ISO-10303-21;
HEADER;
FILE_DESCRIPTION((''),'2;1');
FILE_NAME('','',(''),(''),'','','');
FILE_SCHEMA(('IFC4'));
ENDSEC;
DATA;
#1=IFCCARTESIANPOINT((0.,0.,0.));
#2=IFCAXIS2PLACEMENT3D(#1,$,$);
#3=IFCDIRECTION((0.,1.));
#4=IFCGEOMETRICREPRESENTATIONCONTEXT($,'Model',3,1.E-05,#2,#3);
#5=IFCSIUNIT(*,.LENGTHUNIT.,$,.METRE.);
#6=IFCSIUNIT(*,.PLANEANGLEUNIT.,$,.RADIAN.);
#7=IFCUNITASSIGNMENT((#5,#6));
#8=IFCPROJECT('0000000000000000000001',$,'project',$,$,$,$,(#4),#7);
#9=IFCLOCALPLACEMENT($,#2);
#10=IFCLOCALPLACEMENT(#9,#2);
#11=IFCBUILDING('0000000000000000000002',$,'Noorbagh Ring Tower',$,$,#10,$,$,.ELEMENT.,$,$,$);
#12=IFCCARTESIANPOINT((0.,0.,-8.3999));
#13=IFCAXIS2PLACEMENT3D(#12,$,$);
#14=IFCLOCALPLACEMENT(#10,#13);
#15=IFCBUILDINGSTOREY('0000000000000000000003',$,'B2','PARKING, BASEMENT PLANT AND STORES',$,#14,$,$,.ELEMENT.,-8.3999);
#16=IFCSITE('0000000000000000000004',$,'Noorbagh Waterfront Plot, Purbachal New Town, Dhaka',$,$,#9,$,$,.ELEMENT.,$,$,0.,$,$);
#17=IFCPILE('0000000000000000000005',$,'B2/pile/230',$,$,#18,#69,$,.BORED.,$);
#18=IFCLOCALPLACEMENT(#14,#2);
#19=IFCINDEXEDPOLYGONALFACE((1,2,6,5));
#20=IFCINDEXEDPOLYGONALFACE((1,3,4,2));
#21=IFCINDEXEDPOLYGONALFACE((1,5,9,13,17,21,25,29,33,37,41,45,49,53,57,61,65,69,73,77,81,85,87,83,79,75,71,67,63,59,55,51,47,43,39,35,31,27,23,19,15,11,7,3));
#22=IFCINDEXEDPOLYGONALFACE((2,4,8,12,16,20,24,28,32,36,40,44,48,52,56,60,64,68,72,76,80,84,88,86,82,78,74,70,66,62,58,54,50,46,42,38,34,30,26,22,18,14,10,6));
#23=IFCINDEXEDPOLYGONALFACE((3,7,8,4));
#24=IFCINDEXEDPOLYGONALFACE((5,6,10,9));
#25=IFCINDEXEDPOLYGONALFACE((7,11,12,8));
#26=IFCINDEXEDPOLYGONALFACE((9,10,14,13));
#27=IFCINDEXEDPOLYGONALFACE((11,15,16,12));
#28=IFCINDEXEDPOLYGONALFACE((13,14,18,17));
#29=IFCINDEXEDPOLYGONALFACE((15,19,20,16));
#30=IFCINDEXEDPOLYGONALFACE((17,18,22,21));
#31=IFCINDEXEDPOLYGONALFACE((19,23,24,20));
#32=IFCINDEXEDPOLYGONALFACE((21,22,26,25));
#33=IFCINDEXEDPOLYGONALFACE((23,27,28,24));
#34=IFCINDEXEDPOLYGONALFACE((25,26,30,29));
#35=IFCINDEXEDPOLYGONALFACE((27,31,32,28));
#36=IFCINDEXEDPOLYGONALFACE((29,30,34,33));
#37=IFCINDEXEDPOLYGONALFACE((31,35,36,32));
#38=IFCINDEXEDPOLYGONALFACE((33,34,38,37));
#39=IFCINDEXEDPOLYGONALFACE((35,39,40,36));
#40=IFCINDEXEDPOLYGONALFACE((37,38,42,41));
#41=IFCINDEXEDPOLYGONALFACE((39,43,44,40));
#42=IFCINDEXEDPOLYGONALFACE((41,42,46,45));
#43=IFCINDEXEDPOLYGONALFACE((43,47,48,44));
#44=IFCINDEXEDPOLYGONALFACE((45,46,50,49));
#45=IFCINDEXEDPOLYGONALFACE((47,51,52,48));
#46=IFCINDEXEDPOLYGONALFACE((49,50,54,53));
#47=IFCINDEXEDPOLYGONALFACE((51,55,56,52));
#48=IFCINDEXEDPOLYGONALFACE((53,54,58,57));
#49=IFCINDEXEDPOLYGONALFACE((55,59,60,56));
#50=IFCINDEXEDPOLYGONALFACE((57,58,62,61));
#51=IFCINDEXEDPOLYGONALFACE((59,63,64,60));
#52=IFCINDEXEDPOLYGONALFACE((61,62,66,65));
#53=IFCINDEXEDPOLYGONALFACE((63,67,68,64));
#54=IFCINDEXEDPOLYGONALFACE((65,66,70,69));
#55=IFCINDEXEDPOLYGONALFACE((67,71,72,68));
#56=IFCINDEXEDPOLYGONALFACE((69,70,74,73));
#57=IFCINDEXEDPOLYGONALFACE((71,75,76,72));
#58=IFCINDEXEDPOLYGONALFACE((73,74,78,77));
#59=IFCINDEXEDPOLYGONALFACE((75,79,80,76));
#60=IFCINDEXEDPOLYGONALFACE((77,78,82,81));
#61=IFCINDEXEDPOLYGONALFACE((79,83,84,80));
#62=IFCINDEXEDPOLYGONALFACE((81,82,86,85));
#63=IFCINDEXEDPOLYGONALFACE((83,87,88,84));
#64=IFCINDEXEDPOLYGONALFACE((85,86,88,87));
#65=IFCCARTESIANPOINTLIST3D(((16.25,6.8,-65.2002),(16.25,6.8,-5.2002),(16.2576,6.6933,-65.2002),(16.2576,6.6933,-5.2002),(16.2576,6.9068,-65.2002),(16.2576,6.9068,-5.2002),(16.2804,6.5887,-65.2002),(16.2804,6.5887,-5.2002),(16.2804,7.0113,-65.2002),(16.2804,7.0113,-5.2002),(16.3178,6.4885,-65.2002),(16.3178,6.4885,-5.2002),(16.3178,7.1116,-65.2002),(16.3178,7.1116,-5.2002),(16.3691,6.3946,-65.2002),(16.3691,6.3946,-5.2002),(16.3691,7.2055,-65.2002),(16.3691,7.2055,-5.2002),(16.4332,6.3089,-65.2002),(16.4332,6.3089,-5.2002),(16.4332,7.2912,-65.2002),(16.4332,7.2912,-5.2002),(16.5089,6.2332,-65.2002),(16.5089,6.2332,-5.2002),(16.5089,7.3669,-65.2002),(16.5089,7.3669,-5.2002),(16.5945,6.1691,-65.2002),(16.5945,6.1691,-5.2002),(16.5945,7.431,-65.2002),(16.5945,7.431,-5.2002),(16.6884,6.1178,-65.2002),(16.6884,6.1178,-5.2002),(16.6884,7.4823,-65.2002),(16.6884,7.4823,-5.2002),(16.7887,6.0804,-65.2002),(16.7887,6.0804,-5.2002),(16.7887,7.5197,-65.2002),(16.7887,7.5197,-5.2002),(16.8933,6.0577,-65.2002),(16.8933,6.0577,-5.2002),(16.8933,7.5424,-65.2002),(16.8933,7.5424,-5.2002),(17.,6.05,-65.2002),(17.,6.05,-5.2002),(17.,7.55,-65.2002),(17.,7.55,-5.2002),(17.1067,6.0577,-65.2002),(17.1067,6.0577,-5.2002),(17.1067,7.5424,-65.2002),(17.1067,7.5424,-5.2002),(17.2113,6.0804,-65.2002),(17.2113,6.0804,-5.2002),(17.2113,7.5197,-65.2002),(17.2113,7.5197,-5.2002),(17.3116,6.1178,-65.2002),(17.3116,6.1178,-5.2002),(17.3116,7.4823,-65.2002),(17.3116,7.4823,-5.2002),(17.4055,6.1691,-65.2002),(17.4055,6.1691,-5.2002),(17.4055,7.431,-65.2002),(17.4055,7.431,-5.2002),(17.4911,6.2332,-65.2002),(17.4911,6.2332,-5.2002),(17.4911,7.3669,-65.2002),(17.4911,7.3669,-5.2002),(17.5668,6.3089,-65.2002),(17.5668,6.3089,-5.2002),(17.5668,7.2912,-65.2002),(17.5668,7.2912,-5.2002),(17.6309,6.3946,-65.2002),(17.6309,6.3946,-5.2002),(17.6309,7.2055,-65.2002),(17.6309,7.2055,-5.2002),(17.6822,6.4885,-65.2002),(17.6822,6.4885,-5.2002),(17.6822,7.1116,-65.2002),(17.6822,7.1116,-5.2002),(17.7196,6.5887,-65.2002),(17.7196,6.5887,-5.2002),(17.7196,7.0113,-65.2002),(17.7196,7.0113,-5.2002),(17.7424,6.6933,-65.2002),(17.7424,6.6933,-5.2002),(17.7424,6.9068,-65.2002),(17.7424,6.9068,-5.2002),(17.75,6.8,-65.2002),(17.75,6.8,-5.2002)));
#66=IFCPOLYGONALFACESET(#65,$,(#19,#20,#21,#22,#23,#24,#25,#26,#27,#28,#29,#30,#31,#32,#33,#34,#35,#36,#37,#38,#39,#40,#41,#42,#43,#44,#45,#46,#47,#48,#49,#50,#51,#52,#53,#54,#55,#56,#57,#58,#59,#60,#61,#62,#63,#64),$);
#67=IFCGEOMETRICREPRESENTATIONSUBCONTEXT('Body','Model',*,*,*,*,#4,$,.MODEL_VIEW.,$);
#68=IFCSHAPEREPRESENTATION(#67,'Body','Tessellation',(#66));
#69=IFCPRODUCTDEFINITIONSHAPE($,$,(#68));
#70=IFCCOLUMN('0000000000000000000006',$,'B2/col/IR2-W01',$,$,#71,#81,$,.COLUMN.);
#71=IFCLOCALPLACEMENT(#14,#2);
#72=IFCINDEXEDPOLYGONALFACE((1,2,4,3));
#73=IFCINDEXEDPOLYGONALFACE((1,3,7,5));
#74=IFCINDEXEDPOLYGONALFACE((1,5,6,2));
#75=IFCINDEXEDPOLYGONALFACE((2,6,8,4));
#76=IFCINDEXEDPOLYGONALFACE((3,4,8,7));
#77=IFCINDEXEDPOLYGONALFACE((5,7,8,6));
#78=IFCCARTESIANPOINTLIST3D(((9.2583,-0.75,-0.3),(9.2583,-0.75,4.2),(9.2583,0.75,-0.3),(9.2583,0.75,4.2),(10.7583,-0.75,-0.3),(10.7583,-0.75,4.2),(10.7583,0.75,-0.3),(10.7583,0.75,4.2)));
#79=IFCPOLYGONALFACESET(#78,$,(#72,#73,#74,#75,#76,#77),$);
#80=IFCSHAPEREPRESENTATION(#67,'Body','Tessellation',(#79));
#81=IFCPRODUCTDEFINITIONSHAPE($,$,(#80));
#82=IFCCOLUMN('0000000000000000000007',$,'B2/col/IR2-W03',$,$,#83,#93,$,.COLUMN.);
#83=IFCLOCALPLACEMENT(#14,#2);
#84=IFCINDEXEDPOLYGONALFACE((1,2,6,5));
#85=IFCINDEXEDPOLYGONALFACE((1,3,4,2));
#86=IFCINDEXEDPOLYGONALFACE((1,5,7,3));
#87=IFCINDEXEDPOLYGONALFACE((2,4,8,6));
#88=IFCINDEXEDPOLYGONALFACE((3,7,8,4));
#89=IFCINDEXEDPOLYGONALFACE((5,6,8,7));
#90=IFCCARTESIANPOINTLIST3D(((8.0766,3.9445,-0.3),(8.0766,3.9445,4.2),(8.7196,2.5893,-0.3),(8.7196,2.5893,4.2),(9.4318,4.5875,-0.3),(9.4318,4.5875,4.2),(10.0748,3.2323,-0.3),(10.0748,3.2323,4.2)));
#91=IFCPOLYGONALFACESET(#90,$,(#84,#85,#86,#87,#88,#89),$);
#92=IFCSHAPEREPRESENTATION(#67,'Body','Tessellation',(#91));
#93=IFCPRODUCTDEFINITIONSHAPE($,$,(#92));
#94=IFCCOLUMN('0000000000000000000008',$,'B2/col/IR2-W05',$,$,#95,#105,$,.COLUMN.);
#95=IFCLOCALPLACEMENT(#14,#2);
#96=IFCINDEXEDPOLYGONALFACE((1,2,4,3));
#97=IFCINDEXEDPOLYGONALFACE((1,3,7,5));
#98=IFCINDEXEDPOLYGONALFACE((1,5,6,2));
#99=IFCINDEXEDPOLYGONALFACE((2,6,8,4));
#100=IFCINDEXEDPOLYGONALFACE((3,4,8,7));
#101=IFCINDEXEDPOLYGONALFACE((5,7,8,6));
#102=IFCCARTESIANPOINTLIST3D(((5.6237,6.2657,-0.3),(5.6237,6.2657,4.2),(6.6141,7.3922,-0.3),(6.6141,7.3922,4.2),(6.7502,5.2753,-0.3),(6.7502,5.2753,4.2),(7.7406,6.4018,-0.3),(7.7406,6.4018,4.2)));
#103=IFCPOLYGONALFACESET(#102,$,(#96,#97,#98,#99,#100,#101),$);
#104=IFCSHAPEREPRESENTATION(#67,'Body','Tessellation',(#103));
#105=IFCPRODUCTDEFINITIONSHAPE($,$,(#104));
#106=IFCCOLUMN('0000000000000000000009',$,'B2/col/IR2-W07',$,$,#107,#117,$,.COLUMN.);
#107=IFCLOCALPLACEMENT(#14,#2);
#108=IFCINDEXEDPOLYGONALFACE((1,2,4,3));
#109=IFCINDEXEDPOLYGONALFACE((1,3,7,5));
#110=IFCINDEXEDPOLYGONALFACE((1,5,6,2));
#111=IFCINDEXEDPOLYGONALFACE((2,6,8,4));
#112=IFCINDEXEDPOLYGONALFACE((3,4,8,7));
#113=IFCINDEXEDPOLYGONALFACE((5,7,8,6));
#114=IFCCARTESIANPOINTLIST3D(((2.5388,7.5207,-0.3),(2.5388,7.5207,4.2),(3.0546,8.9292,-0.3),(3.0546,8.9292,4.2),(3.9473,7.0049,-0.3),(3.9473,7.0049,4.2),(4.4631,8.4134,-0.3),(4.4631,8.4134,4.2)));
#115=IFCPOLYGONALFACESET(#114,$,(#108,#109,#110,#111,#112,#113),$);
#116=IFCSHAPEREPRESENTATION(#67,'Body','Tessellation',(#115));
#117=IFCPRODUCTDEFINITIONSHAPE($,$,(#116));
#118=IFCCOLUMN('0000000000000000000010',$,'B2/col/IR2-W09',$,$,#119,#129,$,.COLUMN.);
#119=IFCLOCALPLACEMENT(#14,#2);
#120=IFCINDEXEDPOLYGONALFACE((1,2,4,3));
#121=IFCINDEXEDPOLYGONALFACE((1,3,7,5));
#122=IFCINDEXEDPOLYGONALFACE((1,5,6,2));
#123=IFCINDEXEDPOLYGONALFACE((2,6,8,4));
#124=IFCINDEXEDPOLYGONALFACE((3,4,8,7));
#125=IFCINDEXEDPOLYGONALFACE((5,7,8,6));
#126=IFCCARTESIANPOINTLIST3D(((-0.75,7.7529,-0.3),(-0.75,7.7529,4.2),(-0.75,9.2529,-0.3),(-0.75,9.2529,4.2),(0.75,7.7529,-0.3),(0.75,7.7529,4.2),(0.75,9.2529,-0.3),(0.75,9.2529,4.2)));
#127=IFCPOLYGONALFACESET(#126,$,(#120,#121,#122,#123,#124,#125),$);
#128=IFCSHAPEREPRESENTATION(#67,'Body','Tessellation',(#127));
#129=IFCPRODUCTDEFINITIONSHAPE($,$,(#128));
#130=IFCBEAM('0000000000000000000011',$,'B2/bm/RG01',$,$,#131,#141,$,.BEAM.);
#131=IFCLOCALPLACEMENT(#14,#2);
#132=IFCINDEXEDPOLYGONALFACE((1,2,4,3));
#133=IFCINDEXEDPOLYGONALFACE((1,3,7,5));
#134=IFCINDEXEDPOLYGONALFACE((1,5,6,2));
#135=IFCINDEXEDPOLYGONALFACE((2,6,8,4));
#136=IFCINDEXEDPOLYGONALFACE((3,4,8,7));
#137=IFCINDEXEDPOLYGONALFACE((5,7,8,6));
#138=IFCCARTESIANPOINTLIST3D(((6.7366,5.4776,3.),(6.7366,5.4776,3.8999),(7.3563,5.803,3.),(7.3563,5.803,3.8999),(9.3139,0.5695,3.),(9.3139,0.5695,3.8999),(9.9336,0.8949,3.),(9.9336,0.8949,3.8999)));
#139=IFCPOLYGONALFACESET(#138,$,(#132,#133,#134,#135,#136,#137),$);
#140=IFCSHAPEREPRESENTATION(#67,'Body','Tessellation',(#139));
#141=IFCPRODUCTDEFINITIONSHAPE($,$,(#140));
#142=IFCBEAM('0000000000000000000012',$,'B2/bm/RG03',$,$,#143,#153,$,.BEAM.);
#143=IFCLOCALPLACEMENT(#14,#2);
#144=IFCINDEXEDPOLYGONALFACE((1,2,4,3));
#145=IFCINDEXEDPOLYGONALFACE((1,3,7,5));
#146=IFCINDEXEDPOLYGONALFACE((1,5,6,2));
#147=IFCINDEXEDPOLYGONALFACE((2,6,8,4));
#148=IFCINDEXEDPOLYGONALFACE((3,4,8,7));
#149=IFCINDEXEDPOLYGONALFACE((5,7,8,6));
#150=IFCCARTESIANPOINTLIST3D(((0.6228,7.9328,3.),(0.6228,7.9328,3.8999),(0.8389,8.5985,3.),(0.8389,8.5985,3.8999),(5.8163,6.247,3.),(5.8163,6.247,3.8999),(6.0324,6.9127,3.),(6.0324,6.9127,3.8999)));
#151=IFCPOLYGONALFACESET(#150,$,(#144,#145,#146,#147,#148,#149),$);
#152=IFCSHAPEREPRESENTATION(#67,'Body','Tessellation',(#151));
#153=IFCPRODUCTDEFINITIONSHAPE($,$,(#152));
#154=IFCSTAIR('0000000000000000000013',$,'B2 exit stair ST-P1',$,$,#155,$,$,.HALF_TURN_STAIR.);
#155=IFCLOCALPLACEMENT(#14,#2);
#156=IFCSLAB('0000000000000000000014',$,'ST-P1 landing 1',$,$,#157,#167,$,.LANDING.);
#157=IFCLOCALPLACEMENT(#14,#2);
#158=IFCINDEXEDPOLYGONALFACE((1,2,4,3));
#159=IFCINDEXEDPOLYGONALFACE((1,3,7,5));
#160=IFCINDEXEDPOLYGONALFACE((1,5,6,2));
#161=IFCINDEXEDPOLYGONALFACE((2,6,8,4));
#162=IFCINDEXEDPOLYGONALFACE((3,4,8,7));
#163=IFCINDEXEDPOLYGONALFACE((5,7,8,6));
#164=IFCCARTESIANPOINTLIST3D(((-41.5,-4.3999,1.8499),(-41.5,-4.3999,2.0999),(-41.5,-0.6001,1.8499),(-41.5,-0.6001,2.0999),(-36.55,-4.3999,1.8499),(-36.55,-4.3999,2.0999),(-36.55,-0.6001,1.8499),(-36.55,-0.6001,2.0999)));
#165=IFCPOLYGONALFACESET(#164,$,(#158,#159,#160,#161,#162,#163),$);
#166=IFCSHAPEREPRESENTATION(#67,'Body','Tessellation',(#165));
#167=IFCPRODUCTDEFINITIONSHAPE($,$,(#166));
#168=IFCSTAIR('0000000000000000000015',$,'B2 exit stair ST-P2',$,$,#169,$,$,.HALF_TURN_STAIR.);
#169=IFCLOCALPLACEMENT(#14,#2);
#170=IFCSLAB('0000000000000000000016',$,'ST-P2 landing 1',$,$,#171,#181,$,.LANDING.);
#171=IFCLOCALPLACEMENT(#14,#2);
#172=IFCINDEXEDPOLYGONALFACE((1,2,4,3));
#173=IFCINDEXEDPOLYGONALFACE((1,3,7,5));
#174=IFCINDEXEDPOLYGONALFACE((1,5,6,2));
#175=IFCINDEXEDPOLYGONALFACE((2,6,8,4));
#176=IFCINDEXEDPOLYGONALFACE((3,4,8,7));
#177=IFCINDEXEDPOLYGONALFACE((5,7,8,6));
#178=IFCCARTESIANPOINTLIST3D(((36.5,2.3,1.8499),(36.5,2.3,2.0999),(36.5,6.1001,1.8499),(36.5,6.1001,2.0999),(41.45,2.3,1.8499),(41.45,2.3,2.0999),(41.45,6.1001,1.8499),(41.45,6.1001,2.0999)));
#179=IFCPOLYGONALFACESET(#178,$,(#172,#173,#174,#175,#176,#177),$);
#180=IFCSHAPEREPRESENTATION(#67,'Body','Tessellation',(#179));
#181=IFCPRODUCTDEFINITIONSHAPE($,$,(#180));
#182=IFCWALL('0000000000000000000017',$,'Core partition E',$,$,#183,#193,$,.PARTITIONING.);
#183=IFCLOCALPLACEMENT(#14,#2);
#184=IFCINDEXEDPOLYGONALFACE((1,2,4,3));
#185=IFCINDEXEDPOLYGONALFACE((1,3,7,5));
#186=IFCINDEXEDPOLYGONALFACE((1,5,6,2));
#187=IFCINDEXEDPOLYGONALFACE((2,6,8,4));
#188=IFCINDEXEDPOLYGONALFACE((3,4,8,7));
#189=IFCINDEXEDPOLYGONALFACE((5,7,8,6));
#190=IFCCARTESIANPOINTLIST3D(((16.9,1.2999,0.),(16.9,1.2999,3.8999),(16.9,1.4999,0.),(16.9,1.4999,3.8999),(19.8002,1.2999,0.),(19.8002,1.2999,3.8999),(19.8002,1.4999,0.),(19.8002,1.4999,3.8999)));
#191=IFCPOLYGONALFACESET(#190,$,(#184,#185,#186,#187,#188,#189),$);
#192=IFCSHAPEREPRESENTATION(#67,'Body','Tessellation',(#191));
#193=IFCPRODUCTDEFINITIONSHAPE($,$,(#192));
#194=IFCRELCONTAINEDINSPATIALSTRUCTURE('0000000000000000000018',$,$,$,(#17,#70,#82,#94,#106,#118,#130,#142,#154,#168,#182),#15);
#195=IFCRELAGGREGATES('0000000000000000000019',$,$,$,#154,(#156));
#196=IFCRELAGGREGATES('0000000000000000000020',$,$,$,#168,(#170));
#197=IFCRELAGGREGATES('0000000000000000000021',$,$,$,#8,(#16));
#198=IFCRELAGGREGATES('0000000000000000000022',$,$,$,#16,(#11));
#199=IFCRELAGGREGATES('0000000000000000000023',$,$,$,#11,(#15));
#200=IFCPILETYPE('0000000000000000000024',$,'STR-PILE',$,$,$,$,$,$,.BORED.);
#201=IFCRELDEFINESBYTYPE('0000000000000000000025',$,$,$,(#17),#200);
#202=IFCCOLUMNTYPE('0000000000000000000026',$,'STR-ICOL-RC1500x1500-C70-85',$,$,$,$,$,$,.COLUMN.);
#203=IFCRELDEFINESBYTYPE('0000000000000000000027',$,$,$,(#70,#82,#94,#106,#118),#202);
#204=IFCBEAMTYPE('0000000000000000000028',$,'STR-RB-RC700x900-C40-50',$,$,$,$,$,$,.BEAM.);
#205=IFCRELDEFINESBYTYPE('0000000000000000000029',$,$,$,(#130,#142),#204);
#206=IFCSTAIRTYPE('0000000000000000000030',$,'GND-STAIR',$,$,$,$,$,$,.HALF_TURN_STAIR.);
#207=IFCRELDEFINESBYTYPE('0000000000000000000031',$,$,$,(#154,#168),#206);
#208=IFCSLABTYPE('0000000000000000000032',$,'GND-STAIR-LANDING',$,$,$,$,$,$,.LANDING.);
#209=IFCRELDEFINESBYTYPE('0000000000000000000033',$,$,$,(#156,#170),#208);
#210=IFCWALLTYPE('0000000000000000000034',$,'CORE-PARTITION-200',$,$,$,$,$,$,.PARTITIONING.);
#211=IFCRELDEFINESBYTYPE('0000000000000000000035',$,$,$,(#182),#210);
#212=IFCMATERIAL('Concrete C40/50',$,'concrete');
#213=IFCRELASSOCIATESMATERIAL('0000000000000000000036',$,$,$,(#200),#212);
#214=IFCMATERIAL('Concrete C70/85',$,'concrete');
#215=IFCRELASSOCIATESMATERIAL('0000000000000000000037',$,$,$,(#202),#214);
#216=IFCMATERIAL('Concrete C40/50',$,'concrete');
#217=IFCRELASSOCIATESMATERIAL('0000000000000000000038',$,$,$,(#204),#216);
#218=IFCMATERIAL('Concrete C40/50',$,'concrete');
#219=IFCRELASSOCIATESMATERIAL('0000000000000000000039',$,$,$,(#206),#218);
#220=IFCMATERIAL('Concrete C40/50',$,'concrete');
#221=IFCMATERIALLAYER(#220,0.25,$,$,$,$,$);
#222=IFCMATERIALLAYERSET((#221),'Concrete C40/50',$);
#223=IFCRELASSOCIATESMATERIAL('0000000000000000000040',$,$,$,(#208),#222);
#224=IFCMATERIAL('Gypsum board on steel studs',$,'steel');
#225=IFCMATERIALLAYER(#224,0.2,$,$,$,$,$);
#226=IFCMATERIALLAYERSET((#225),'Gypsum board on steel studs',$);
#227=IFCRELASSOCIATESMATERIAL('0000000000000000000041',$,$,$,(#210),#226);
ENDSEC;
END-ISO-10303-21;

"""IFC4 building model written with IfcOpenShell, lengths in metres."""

from ifc_helpers import new_model, si_unit, direction, frame, frame_2d, origin, origin_2d, place, context, subcontext, project, spatial, polyline, rectangle, circle, outline, extrude, material, layer, layer_set, material_profile, profile_set, type_object, element, aggregate, save


model = new_model("IFC4")

# Units and contexts
model_context = context("Model", 3, precision=1e-05, world=origin(), true_north=direction((0.0, 1.0)))
body_context = subcontext(model_context, "Body", "Model", "MODEL_VIEW")
ifc_project = project(units=[si_unit("LENGTHUNIT", "METRE"), si_unit("PLANEANGLEUNIT", "RADIAN")], contexts=[model_context])

# Site, building, storey
site_placement = place(None, origin())
site = spatial("IfcSite", under=ifc_project, at=site_placement, Name="Noorbagh Waterfront Plot, Purbachal New Town, Dhaka", CompositionType="ELEMENT", RefElevation=0.0)
building_placement = place(site_placement, origin())
building = spatial("IfcBuilding", under=site, at=building_placement, Name="Noorbagh Ring Tower", CompositionType="ELEMENT")
storey_placement = place(building_placement, frame((0.0, 0.0, -8.3999)))
storey = spatial("IfcBuildingStorey", under=building, at=storey_placement, Name="B2", Description="PARKING, BASEMENT PLANT AND STORES", CompositionType="ELEMENT", Elevation=-8.3999)

# Pile
ifc_material_1 = material(Name="Concrete C40/50", Category="concrete")
ifc_material_profile_1 = material_profile(ifc_material_1, circle(Radius=0.75, at=origin_2d()), Name="PILE1500")
ifc_profile_set_1 = profile_set([ifc_material_profile_1], Name="Concrete C40/50")
pile_type = type_object("IfcPileType", Name="STR-PILE", PredefinedType="BORED", material=ifc_profile_set_1)
for number, where, z_axis, x_axis, name in (
    (1, (17.0, 6.8, -5.2002), (0.0, 0.0, -1.0), (1.0, 0.0, 0.0), "B2/pile/230"),
):
    element("IfcPile", number, at=place(storey_placement, frame(where, z_axis=z_axis, x_axis=x_axis)), inside=storey, type_object=pile_type, Name=name, PredefinedType="BORED", context=body_context, shape_type="SweptSolid", body=[
        extrude(circle(Radius=0.75, at=origin_2d()), origin(), (0.0, 0.0, 1.0), 60.0),
    ])

# Columns
ifc_material_2 = material(Name="Concrete C70/85", Category="concrete")
ifc_material_profile_2 = material_profile(ifc_material_2, rectangle(XDim=1.5, YDim=1.5, at=origin_2d()), Name="RC1500x1500")
ifc_profile_set_2 = profile_set([ifc_material_profile_2], Name="Concrete C70/85")
column_type = type_object("IfcColumnType", Name="STR-ICOL-RC1500x1500-C70-85", PredefinedType="COLUMN", material=ifc_profile_set_2)
for number, where, z_axis, x_axis, name in (
    (2, (10.0083, 0.0, -0.3), (0.0, 0.0, 1.0), (0.0, 1.0, 0.0), "B2/col/IR2-W01"),
    (3, (9.0757, 3.5884, -0.3), (0.0, 0.0, 1.0), (-0.428667, 0.903463, 0.0), "B2/col/IR2-W03"),
    (4, (6.6821, 6.3337, -0.3), (0.0, 0.0, 1.0), (-0.751022, 0.660277, 0.0), "B2/col/IR2-W05"),
    (5, (3.501, 7.967, -0.3), (0.0, 0.0, 1.0), (-0.93902, 0.343864, 0.0), "B2/col/IR2-W07"),
    (6, (0.0, 8.5029, -0.3), (0.0, 0.0, 1.0), (-1.0, 0.0, 0.0), "B2/col/IR2-W09"),
):
    element("IfcColumn", number, at=place(storey_placement, frame(where, z_axis=z_axis, x_axis=x_axis)), inside=storey, type_object=column_type, Name=name, PredefinedType="COLUMN", context=body_context, shape_type="SweptSolid", body=[
        extrude(rectangle(XDim=1.5, YDim=1.5, at=origin_2d()), origin(), (0.0, 0.0, 1.0), 4.5),
    ])

# Beams
ifc_material_3 = material(Name="Concrete C40/50", Category="concrete")
ifc_material_profile_3 = material_profile(ifc_material_3, rectangle(XDim=0.7, YDim=0.8999, at=origin_2d()), Name="RC700x900")
ifc_profile_set_3 = profile_set([ifc_material_profile_3], Name="Concrete C40/50")
beam_type = type_object("IfcBeamType", Name="STR-RB-RC700x900-C40-50", PredefinedType="BEAM", material=ifc_profile_set_3)
beam_1_placement = place(storey_placement, frame((9.6238, 0.7322, 3.45), z_axis=(-0.464917, 0.885354, 0.0), x_axis=(-0.885354, -0.464917, 0.0)))
element("IfcBeam", 7, at=beam_1_placement, inside=storey, type_object=beam_type, Name="B2/bm/RG01", PredefinedType="BEAM", context=body_context, shape_type="SweptSolid", body=[
    extrude(rectangle(XDim=0.7, YDim=0.8999, at=origin_2d()), origin(), (0.0, 0.0, 1.0), 5.5437),
])
beam_2_placement = place(storey_placement, frame((5.9243, 6.5798, 3.45), z_axis=(-0.951144, 0.308746, 0.0), x_axis=(-0.308746, -0.951144, 0.0)))
element("IfcBeam", 8, at=beam_2_placement, inside=storey, type_object=beam_type, Name="B2/bm/RG03", PredefinedType="BEAM", context=body_context, shape_type="SweptSolid", body=[
    extrude(rectangle(XDim=0.7, YDim=0.8999, at=origin_2d()), origin(), (0.0, 0.0, 1.0), 5.4602),
])

# Stairs, slabs
ifc_material_4 = material(Name="Concrete C40/50", Category="concrete")
stair_type_1 = type_object("IfcStairType", Name="GND-STAIR", PredefinedType="HALF_TURN_STAIR", material=ifc_material_4)
stair_1_placement = place(storey_placement, origin())
stair_1 = element("IfcStair", 9, at=stair_1_placement, inside=storey, type_object=stair_type_1, Name="B2 exit stair ST-P1", PredefinedType="HALF_TURN_STAIR")
ifc_material_5 = material(Name="Concrete C40/50", Category="concrete")
ifc_layer_1 = layer(ifc_material_5, 0.25)
ifc_layer_set_1 = layer_set([ifc_layer_1], Name="Concrete C40/50")
slab_type = type_object("IfcSlabType", Name="GND-STAIR-LANDING", PredefinedType="LANDING", material=ifc_layer_set_1)
slab_1_placement = place(storey_placement, frame((0.0, 0.0, 1.8499)))
slab_1 = element("IfcSlab", 10, at=slab_1_placement, type_object=slab_type, Name="ST-P1 landing 1", PredefinedType="LANDING", context=body_context, shape_type="SweptSolid", body=[
    extrude(outline(polyline([(-36.55, -4.3999), (-36.55, -0.6001), (-41.5, -0.6001), (-41.5, -4.3999), (-36.55, -4.3999)])), origin(), (0.0, 0.0, 1.0), 0.25),
])
aggregate(stair_1, [slab_1])
stair_2_placement = place(storey_placement, origin())
stair_2 = element("IfcStair", 11, at=stair_2_placement, inside=storey, type_object=stair_type_1, Name="B2 exit stair ST-P2", PredefinedType="HALF_TURN_STAIR")
slab_2_placement = place(storey_placement, frame((0.0, 0.0, 1.8499)))
slab_2 = element("IfcSlab", 12, at=slab_2_placement, type_object=slab_type, Name="ST-P2 landing 1", PredefinedType="LANDING", context=body_context, shape_type="SweptSolid", body=[
    extrude(outline(polyline([(41.45, 2.3), (41.45, 6.1001), (36.5, 6.1001), (36.5, 2.3), (41.45, 2.3)])), origin(), (0.0, 0.0, 1.0), 0.25),
])
aggregate(stair_2, [slab_2])

# Wall
ifc_material_6 = material(Name="Gypsum board on steel studs", Category="steel")
ifc_layer_2 = layer(ifc_material_6, 0.2)
ifc_layer_set_2 = layer_set([ifc_layer_2], Name="Gypsum board on steel studs")
wall_type_1 = type_object("IfcWallType", Name="CORE-PARTITION-200", PredefinedType="PARTITIONING", material=ifc_layer_set_2)
wall_1_placement = place(storey_placement, frame((16.8999, 1.3999, 0.0), z_axis=(0.0, 0.0, 1.0), x_axis=(1.0, 0.0, 0.0)))
element("IfcWall", 13, at=wall_1_placement, inside=storey, type_object=wall_type_1, Name="Core partition E", PredefinedType="PARTITIONING", context=body_context, shape_type="SweptSolid", body=[
    extrude(rectangle(XDim=2.9001, YDim=0.2, at=frame_2d((1.4502, 0.0))), origin(), (0.0, 0.0, 1.0), 3.8999),
])

save(model, "model.ifc")
